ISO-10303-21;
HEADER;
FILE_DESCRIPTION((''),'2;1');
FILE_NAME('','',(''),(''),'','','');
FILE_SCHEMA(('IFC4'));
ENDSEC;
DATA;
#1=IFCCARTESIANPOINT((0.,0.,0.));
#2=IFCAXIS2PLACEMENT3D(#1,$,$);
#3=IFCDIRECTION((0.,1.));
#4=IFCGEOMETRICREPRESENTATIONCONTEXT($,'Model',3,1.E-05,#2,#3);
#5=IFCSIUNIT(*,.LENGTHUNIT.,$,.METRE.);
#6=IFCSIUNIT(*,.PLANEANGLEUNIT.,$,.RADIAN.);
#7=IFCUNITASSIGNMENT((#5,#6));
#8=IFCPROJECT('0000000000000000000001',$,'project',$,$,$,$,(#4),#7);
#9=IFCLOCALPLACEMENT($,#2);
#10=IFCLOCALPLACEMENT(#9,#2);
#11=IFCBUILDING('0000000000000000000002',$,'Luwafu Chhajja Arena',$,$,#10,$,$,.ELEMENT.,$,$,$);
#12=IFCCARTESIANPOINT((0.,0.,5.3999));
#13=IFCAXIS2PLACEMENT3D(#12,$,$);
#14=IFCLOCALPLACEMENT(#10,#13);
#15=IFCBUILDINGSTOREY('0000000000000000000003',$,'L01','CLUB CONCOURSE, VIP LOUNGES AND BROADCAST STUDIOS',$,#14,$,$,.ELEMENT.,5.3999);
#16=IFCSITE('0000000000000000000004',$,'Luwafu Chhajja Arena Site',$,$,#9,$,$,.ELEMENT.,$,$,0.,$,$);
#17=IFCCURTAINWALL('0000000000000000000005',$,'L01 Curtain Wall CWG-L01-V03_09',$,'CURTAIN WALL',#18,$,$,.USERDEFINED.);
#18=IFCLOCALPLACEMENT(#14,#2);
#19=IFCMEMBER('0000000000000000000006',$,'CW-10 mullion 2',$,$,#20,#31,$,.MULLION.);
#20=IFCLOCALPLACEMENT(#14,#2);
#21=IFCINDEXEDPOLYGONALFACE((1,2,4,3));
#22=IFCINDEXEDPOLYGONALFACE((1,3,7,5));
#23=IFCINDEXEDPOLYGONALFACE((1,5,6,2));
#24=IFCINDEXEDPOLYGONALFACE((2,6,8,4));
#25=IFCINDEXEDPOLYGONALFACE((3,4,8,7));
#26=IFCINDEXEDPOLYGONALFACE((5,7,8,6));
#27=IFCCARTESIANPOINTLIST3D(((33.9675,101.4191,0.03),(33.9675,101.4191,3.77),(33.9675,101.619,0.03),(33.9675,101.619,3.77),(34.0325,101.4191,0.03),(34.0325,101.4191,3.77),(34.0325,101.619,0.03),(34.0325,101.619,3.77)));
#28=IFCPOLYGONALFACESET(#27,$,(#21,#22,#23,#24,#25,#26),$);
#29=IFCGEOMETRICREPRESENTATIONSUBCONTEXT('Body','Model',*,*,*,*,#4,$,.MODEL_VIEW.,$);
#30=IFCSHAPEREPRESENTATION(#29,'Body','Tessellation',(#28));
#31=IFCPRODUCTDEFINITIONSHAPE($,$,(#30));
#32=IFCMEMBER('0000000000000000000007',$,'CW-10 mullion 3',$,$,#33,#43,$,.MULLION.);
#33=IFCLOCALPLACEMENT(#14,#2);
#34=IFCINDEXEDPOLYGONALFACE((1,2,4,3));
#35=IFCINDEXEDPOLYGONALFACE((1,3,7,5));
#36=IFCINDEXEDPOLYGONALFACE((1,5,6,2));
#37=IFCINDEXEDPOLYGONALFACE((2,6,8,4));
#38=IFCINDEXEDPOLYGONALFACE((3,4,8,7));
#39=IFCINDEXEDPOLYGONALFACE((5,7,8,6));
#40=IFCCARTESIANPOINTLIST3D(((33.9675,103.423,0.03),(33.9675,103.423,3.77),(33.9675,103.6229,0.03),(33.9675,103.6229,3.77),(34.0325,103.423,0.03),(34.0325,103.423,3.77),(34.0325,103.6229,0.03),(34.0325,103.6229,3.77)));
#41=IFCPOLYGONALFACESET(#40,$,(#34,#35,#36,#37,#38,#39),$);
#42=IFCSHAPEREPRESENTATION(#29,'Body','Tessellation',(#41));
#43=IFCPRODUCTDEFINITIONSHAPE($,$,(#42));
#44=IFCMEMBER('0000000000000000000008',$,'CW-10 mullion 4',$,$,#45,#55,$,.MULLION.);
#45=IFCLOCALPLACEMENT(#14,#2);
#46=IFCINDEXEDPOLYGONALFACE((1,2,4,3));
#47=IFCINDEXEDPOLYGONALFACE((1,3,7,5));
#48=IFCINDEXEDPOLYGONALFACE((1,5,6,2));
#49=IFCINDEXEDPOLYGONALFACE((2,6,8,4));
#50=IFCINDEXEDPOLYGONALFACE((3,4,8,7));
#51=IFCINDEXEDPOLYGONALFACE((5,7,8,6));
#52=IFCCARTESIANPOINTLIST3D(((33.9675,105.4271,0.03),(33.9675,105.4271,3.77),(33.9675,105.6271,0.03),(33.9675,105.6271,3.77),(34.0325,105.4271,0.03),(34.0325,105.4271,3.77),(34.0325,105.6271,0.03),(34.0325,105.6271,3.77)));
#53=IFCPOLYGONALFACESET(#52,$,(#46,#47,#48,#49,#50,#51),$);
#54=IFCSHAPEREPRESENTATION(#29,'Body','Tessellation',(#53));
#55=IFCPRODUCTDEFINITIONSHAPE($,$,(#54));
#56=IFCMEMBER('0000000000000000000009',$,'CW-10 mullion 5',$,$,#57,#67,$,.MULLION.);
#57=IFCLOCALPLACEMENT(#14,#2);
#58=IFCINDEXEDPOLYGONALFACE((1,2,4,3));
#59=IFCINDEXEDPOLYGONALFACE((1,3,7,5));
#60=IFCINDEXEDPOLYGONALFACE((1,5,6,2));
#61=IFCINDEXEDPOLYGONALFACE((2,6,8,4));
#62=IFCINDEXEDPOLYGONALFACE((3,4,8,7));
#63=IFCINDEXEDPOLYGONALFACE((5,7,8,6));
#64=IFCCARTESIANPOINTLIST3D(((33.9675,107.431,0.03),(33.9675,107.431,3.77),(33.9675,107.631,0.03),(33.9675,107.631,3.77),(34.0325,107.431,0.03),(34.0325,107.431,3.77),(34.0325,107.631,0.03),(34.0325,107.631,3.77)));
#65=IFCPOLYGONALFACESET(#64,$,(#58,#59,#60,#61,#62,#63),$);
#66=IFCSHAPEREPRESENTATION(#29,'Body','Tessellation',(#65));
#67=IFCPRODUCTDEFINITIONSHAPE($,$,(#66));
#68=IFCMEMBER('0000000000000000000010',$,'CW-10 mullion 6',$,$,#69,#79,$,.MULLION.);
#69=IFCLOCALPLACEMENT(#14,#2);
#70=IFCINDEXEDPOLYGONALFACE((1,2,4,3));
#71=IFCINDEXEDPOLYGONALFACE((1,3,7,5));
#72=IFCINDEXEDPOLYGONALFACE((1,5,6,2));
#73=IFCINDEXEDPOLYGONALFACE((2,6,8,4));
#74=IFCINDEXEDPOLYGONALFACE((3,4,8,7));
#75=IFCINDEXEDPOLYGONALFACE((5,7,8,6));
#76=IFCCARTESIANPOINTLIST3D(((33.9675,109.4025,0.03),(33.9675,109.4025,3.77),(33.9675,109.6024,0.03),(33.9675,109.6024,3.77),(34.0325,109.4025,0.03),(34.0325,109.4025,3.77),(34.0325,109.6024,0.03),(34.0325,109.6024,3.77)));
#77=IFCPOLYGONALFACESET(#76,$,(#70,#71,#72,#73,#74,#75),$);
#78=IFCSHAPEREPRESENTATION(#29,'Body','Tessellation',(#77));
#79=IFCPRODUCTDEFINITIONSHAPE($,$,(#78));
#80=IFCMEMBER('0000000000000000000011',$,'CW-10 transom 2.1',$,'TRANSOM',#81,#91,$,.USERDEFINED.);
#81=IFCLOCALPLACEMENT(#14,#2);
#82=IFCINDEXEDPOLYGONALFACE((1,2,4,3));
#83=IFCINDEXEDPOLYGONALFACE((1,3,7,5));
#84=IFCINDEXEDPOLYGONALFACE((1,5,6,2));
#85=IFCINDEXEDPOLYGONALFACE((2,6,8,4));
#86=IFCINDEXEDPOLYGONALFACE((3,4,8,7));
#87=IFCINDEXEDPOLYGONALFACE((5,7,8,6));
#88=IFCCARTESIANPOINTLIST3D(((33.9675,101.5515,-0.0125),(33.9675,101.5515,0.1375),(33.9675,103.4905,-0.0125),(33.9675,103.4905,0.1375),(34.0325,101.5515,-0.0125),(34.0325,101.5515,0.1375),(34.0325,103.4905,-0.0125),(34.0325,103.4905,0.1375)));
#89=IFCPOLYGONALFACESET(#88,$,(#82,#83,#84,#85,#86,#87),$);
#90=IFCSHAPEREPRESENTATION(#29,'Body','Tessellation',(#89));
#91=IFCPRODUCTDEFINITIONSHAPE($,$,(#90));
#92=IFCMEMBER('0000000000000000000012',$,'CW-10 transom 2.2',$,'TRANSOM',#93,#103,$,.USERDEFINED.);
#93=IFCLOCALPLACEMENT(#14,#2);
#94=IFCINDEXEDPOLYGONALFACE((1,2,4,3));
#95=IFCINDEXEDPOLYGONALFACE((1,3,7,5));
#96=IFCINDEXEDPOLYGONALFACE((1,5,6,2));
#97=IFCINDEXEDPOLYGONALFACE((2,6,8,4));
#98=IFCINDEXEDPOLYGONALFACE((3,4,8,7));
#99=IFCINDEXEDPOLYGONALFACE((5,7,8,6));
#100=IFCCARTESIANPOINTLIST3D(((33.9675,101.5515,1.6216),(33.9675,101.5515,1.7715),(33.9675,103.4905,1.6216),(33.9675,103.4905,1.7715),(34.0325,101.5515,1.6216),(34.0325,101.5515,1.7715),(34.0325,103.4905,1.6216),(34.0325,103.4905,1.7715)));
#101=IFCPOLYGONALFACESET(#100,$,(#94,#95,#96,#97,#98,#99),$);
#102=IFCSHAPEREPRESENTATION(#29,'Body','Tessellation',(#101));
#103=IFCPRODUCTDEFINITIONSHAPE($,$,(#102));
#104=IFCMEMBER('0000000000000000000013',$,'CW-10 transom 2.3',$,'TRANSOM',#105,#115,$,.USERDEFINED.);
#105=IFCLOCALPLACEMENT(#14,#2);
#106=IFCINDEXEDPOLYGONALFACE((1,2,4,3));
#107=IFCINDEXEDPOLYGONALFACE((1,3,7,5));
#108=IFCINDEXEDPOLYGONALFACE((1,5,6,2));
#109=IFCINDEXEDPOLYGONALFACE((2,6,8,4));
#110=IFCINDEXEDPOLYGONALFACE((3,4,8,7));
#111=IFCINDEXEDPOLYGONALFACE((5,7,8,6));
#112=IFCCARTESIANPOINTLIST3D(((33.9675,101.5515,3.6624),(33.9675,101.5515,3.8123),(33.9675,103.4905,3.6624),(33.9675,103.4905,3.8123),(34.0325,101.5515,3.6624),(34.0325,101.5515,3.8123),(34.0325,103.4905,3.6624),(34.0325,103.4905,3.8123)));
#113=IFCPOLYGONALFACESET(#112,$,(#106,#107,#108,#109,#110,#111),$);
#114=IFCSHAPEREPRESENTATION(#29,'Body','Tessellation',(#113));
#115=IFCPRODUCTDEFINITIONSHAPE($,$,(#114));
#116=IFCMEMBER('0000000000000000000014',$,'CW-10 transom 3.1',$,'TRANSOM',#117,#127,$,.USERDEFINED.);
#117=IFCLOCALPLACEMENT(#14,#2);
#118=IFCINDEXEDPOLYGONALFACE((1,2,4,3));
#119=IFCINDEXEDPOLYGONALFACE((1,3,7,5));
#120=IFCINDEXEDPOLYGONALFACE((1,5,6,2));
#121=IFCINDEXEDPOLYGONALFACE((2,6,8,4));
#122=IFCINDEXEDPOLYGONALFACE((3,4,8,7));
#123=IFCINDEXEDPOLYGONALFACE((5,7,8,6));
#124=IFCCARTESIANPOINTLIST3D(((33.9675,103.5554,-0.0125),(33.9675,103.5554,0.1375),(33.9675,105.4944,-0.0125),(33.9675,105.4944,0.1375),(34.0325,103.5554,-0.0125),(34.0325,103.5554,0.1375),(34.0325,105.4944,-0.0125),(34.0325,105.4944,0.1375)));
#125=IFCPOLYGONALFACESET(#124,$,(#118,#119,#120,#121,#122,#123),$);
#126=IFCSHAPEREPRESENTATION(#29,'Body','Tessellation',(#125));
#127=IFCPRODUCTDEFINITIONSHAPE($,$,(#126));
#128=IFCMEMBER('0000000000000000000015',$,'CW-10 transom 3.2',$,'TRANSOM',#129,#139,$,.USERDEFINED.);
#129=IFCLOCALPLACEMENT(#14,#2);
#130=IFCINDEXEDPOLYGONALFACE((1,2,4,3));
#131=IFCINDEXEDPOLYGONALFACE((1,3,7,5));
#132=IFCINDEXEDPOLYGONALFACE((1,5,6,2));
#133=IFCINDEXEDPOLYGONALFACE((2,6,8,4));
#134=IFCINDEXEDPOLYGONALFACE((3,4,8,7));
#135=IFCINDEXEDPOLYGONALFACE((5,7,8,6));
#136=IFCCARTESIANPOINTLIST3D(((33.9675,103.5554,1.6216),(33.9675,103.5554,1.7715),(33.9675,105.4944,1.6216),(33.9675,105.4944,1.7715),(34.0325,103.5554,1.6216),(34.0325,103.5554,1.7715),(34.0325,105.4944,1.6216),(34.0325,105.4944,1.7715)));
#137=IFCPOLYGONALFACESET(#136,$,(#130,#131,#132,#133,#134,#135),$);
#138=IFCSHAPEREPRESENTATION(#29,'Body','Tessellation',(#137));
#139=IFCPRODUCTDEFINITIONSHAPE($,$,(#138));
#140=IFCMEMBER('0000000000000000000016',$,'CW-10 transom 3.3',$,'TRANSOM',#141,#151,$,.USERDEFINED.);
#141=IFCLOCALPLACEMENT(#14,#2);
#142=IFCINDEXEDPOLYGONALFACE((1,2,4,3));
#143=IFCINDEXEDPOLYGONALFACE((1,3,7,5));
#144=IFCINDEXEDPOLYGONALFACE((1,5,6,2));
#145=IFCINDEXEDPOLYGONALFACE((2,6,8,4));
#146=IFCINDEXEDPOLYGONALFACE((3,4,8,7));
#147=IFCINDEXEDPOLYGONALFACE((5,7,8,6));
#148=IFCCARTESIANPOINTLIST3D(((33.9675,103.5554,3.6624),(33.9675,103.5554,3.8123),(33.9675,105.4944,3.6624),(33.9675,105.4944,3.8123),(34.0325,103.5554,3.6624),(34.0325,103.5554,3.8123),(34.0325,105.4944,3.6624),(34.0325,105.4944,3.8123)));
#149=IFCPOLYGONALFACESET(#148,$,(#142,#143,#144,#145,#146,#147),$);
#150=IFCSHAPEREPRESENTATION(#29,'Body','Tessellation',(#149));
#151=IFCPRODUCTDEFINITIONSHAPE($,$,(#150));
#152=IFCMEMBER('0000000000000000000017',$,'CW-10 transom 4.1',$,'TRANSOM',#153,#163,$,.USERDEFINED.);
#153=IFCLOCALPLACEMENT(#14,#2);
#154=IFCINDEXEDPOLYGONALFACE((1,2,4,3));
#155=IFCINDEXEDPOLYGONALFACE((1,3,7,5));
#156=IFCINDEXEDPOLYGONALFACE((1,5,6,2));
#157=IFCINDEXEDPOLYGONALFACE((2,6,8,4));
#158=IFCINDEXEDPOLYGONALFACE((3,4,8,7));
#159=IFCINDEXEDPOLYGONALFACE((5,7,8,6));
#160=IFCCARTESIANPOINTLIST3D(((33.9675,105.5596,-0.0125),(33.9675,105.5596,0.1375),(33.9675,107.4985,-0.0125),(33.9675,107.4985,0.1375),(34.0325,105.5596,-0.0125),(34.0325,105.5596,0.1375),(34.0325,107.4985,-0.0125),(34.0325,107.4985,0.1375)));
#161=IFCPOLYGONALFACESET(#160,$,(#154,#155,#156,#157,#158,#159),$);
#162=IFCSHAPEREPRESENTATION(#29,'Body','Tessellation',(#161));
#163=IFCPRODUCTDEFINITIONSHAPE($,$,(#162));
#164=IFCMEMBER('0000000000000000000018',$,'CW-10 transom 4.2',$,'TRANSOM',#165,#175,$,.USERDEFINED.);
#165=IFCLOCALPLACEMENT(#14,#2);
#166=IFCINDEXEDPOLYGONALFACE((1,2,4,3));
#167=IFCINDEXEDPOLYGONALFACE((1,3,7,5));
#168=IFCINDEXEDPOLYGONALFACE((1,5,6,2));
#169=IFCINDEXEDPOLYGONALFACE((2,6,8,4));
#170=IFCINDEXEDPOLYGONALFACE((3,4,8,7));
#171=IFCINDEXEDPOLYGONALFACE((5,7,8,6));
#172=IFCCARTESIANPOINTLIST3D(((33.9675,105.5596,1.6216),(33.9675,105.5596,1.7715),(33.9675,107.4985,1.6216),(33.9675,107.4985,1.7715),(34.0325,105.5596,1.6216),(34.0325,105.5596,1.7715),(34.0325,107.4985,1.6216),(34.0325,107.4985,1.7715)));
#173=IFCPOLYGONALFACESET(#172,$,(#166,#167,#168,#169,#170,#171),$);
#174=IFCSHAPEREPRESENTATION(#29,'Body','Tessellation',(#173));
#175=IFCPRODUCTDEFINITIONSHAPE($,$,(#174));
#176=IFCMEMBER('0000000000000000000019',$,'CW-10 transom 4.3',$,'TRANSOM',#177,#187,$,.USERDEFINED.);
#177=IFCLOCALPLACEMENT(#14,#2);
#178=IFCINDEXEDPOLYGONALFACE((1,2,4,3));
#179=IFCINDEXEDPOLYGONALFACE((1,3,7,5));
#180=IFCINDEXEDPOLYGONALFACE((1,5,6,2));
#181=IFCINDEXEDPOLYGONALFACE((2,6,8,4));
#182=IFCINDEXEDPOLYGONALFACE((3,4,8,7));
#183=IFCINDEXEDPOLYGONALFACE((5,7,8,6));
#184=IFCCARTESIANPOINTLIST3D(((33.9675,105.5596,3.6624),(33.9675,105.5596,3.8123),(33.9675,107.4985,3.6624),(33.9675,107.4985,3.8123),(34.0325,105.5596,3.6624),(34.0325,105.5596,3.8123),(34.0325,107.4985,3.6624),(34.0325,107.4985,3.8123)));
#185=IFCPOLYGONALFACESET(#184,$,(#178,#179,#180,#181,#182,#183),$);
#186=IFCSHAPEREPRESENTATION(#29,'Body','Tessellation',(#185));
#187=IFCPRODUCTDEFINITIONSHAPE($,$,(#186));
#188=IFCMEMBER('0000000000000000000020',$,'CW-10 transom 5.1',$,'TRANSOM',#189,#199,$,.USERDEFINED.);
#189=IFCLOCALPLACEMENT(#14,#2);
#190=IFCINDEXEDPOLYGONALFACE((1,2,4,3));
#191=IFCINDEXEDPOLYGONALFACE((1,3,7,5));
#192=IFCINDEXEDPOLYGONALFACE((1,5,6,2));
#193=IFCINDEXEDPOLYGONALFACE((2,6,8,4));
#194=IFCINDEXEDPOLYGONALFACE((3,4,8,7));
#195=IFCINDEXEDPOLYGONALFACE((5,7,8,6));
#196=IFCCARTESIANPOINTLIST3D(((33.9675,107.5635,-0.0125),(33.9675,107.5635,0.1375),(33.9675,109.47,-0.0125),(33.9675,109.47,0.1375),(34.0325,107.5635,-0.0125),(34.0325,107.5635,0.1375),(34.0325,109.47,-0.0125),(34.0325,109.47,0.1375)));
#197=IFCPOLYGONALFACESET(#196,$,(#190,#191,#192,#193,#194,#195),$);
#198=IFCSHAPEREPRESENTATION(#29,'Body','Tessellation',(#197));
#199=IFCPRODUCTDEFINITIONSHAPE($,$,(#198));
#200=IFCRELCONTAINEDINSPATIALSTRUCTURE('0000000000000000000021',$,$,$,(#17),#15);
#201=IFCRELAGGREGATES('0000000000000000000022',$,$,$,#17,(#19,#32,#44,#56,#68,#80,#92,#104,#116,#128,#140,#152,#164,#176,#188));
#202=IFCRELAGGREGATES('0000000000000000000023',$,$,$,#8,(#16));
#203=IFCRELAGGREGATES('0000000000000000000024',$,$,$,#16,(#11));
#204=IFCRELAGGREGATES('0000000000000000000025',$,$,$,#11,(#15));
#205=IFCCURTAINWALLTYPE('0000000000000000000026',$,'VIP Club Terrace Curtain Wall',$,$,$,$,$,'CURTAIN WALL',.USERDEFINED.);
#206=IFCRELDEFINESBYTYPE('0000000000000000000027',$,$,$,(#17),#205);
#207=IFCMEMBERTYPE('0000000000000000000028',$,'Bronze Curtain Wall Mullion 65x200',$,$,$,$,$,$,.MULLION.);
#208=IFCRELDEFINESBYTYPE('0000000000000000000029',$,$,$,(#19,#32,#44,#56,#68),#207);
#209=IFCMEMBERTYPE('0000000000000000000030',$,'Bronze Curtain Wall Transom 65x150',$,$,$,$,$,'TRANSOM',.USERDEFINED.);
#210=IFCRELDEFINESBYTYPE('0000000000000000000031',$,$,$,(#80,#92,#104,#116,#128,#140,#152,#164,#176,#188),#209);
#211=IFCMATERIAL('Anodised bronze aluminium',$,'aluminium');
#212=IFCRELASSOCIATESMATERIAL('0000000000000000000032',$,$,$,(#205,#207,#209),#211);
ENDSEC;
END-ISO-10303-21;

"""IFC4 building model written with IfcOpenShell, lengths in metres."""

from ifc_helpers import new_model, si_unit, direction, frame, origin, origin_2d, place, context, subcontext, project, spatial, rectangle, extrude, material, material_profile, profile_set, type_object, element, aggregate, save


model = new_model("IFC4")

# Units and contexts
model_context = context("Model", 3, precision=1e-05, world=origin(), true_north=direction((0.0, 1.0)))
body_context = subcontext(model_context, "Body", "Model", "MODEL_VIEW")
ifc_project = project(units=[si_unit("LENGTHUNIT", "METRE"), si_unit("PLANEANGLEUNIT", "RADIAN")], contexts=[model_context])

# Site, building, storey
site_placement = place(None, origin())
site = spatial("IfcSite", under=ifc_project, at=site_placement, Name="Luwafu Chhajja Arena Site", CompositionType="ELEMENT", RefElevation=0.0)
building_placement = place(site_placement, origin())
building = spatial("IfcBuilding", under=site, at=building_placement, Name="Luwafu Chhajja Arena", CompositionType="ELEMENT")
storey_placement = place(building_placement, frame((0.0, 0.0, 5.3999)))
storey = spatial("IfcBuildingStorey", under=building, at=storey_placement, Name="L01", Description="CLUB CONCOURSE, VIP LOUNGES AND BROADCAST STUDIOS", CompositionType="ELEMENT", Elevation=5.3999)

# Curtain wall, members
ifc_material_1 = material(Name="Anodised bronze aluminium", Category="aluminium")
curtain_wall_type = type_object("IfcCurtainWallType", Name="VIP Club Terrace Curtain Wall", ElementType="CURTAIN WALL", PredefinedType="USERDEFINED", material=ifc_material_1)
curtain_wall_placement = place(storey_placement, origin())
curtain_wall = element("IfcCurtainWall", 1, at=curtain_wall_placement, inside=storey, type_object=curtain_wall_type, Name="L01 Curtain Wall CWG-L01-V03_09", ObjectType="CURTAIN WALL", PredefinedType="USERDEFINED")
ifc_material_profile_1 = material_profile(ifc_material_1, rectangle(XDim=0.0649, YDim=0.2, at=origin_2d()), Name="CWM 65x200")
ifc_profile_set_1 = profile_set([ifc_material_profile_1], Name="Anodised bronze aluminium")
member_type_1 = type_object("IfcMemberType", Name="Bronze Curtain Wall Mullion 65x200", PredefinedType="MULLION", material=ifc_profile_set_1)
member_1_placement = place(storey_placement, frame((34.0, 101.519, 0.03), z_axis=(0.0, 0.0, 1.0), x_axis=(-1.0, 0.0, 0.0)))
member_1 = element("IfcMember", 2, at=member_1_placement, type_object=member_type_1, Name="CW-10 mullion 2", PredefinedType="MULLION", context=body_context, shape_type="SweptSolid", body=[
    extrude(rectangle(XDim=0.0649, YDim=0.2, at=origin_2d()), origin(), (0.0, 0.0, 1.0), 3.74),
])
member_2_placement = place(storey_placement, frame((34.0, 103.5229, 0.03), z_axis=(0.0, 0.0, 1.0), x_axis=(-1.0, 0.0, 0.0)))
member_2 = element("IfcMember", 3, at=member_2_placement, type_object=member_type_1, Name="CW-10 mullion 3", PredefinedType="MULLION", context=body_context, shape_type="SweptSolid", body=[
    extrude(rectangle(XDim=0.0649, YDim=0.2, at=origin_2d()), origin(), (0.0, 0.0, 1.0), 3.74),
])
member_3_placement = place(storey_placement, frame((34.0, 105.5271, 0.03), z_axis=(0.0, 0.0, 1.0), x_axis=(-1.0, 0.0, 0.0)))
member_3 = element("IfcMember", 4, at=member_3_placement, type_object=member_type_1, Name="CW-10 mullion 4", PredefinedType="MULLION", context=body_context, shape_type="SweptSolid", body=[
    extrude(rectangle(XDim=0.0649, YDim=0.2, at=origin_2d()), origin(), (0.0, 0.0, 1.0), 3.74),
])
member_4_placement = place(storey_placement, frame((34.0, 107.531, 0.03), z_axis=(0.0, 0.0, 1.0), x_axis=(-1.0, 0.0, 0.0)))
member_4 = element("IfcMember", 5, at=member_4_placement, type_object=member_type_1, Name="CW-10 mullion 5", PredefinedType="MULLION", context=body_context, shape_type="SweptSolid", body=[
    extrude(rectangle(XDim=0.0649, YDim=0.2, at=origin_2d()), origin(), (0.0, 0.0, 1.0), 3.74),
])
member_5_placement = place(storey_placement, frame((34.0, 109.5024, 0.03), z_axis=(0.0, 0.0, 1.0), x_axis=(-1.0, 0.0, 0.0)))
member_5 = element("IfcMember", 6, at=member_5_placement, type_object=member_type_1, Name="CW-10 mullion 6", PredefinedType="MULLION", context=body_context, shape_type="SweptSolid", body=[
    extrude(rectangle(XDim=0.0649, YDim=0.2, at=origin_2d()), origin(), (0.0, 0.0, 1.0), 3.74),
])
ifc_material_profile_2 = material_profile(ifc_material_1, rectangle(XDim=0.0649, YDim=0.1499, at=origin_2d()), Name="CWT 65x150")
ifc_profile_set_2 = profile_set([ifc_material_profile_2], Name="Anodised bronze aluminium")
member_type_2 = type_object("IfcMemberType", Name="Bronze Curtain Wall Transom 65x150", ElementType="TRANSOM", PredefinedType="USERDEFINED", material=ifc_profile_set_2)
member_6_placement = place(storey_placement, frame((34.0, 101.5515, 0.0625), z_axis=(0.0, 1.0, 0.0), x_axis=(-1.0, 0.0, 0.0)))
member_6 = element("IfcMember", 7, at=member_6_placement, type_object=member_type_2, Name="CW-10 transom 2.1", ObjectType="TRANSOM", PredefinedType="USERDEFINED", context=body_context, shape_type="SweptSolid", body=[
    extrude(rectangle(XDim=0.0649, YDim=0.1499, at=origin_2d()), origin(), (0.0, 0.0, 1.0), 1.939),
])
member_7_placement = place(storey_placement, frame((34.0, 101.5515, 1.6965), z_axis=(0.0, 1.0, 0.0), x_axis=(-1.0, 0.0, 0.0)))
member_7 = element("IfcMember", 8, at=member_7_placement, type_object=member_type_2, Name="CW-10 transom 2.2", ObjectType="TRANSOM", PredefinedType="USERDEFINED", context=body_context, shape_type="SweptSolid", body=[
    extrude(rectangle(XDim=0.0649, YDim=0.1499, at=origin_2d()), origin(), (0.0, 0.0, 1.0), 1.939),
])
member_8_placement = place(storey_placement, frame((34.0, 101.5515, 3.7373), z_axis=(0.0, 1.0, 0.0), x_axis=(-1.0, 0.0, 0.0)))
member_8 = element("IfcMember", 9, at=member_8_placement, type_object=member_type_2, Name="CW-10 transom 2.3", ObjectType="TRANSOM", PredefinedType="USERDEFINED", context=body_context, shape_type="SweptSolid", body=[
    extrude(rectangle(XDim=0.0649, YDim=0.1499, at=origin_2d()), origin(), (0.0, 0.0, 1.0), 1.939),
])
member_9_placement = place(storey_placement, frame((34.0, 103.5554, 0.0625), z_axis=(0.0, 1.0, 0.0), x_axis=(-1.0, 0.0, 0.0)))
member_9 = element("IfcMember", 10, at=member_9_placement, type_object=member_type_2, Name="CW-10 transom 3.1", ObjectType="TRANSOM", PredefinedType="USERDEFINED", context=body_context, shape_type="SweptSolid", body=[
    extrude(rectangle(XDim=0.0649, YDim=0.1499, at=origin_2d()), origin(), (0.0, 0.0, 1.0), 1.939),
])
member_10_placement = place(storey_placement, frame((34.0, 103.5554, 1.6965), z_axis=(0.0, 1.0, 0.0), x_axis=(-1.0, 0.0, 0.0)))
member_10 = element("IfcMember", 11, at=member_10_placement, type_object=member_type_2, Name="CW-10 transom 3.2", ObjectType="TRANSOM", PredefinedType="USERDEFINED", context=body_context, shape_type="SweptSolid", body=[
    extrude(rectangle(XDim=0.0649, YDim=0.1499, at=origin_2d()), origin(), (0.0, 0.0, 1.0), 1.939),
])
member_11_placement = place(storey_placement, frame((34.0, 103.5554, 3.7373), z_axis=(0.0, 1.0, 0.0), x_axis=(-1.0, 0.0, 0.0)))
member_11 = element("IfcMember", 12, at=member_11_placement, type_object=member_type_2, Name="CW-10 transom 3.3", ObjectType="TRANSOM", PredefinedType="USERDEFINED", context=body_context, shape_type="SweptSolid", body=[
    extrude(rectangle(XDim=0.0649, YDim=0.1499, at=origin_2d()), origin(), (0.0, 0.0, 1.0), 1.939),
])
member_12_placement = place(storey_placement, frame((34.0, 105.5596, 0.0625), z_axis=(0.0, 1.0, 0.0), x_axis=(-1.0, 0.0, 0.0)))
member_12 = element("IfcMember", 13, at=member_12_placement, type_object=member_type_2, Name="CW-10 transom 4.1", ObjectType="TRANSOM", PredefinedType="USERDEFINED", context=body_context, shape_type="SweptSolid", body=[
    extrude(rectangle(XDim=0.0649, YDim=0.1499, at=origin_2d()), origin(), (0.0, 0.0, 1.0), 1.939),
])
member_13_placement = place(storey_placement, frame((34.0, 105.5596, 1.6965), z_axis=(0.0, 1.0, 0.0), x_axis=(-1.0, 0.0, 0.0)))
member_13 = element("IfcMember", 14, at=member_13_placement, type_object=member_type_2, Name="CW-10 transom 4.2", ObjectType="TRANSOM", PredefinedType="USERDEFINED", context=body_context, shape_type="SweptSolid", body=[
    extrude(rectangle(XDim=0.0649, YDim=0.1499, at=origin_2d()), origin(), (0.0, 0.0, 1.0), 1.939),
])
member_14_placement = place(storey_placement, frame((34.0, 105.5596, 3.7373), z_axis=(0.0, 1.0, 0.0), x_axis=(-1.0, 0.0, 0.0)))
member_14 = element("IfcMember", 15, at=member_14_placement, type_object=member_type_2, Name="CW-10 transom 4.3", ObjectType="TRANSOM", PredefinedType="USERDEFINED", context=body_context, shape_type="SweptSolid", body=[
    extrude(rectangle(XDim=0.0649, YDim=0.1499, at=origin_2d()), origin(), (0.0, 0.0, 1.0), 1.939),
])
member_15_placement = place(storey_placement, frame((34.0, 107.5635, 0.0625), z_axis=(0.0, 1.0, 0.0), x_axis=(-1.0, 0.0, 0.0)))
member_15 = element("IfcMember", 16, at=member_15_placement, type_object=member_type_2, Name="CW-10 transom 5.1", ObjectType="TRANSOM", PredefinedType="USERDEFINED", context=body_context, shape_type="SweptSolid", body=[
    extrude(rectangle(XDim=0.0649, YDim=0.1499, at=origin_2d()), origin(), (0.0, 0.0, 1.0), 1.9065),
])

aggregate(curtain_wall, [member_1, member_2, member_3, member_4, member_5, member_6, member_7, member_8, member_9, member_10, member_11, member_12, member_13, member_14, member_15])

save(model, "model.ifc")
